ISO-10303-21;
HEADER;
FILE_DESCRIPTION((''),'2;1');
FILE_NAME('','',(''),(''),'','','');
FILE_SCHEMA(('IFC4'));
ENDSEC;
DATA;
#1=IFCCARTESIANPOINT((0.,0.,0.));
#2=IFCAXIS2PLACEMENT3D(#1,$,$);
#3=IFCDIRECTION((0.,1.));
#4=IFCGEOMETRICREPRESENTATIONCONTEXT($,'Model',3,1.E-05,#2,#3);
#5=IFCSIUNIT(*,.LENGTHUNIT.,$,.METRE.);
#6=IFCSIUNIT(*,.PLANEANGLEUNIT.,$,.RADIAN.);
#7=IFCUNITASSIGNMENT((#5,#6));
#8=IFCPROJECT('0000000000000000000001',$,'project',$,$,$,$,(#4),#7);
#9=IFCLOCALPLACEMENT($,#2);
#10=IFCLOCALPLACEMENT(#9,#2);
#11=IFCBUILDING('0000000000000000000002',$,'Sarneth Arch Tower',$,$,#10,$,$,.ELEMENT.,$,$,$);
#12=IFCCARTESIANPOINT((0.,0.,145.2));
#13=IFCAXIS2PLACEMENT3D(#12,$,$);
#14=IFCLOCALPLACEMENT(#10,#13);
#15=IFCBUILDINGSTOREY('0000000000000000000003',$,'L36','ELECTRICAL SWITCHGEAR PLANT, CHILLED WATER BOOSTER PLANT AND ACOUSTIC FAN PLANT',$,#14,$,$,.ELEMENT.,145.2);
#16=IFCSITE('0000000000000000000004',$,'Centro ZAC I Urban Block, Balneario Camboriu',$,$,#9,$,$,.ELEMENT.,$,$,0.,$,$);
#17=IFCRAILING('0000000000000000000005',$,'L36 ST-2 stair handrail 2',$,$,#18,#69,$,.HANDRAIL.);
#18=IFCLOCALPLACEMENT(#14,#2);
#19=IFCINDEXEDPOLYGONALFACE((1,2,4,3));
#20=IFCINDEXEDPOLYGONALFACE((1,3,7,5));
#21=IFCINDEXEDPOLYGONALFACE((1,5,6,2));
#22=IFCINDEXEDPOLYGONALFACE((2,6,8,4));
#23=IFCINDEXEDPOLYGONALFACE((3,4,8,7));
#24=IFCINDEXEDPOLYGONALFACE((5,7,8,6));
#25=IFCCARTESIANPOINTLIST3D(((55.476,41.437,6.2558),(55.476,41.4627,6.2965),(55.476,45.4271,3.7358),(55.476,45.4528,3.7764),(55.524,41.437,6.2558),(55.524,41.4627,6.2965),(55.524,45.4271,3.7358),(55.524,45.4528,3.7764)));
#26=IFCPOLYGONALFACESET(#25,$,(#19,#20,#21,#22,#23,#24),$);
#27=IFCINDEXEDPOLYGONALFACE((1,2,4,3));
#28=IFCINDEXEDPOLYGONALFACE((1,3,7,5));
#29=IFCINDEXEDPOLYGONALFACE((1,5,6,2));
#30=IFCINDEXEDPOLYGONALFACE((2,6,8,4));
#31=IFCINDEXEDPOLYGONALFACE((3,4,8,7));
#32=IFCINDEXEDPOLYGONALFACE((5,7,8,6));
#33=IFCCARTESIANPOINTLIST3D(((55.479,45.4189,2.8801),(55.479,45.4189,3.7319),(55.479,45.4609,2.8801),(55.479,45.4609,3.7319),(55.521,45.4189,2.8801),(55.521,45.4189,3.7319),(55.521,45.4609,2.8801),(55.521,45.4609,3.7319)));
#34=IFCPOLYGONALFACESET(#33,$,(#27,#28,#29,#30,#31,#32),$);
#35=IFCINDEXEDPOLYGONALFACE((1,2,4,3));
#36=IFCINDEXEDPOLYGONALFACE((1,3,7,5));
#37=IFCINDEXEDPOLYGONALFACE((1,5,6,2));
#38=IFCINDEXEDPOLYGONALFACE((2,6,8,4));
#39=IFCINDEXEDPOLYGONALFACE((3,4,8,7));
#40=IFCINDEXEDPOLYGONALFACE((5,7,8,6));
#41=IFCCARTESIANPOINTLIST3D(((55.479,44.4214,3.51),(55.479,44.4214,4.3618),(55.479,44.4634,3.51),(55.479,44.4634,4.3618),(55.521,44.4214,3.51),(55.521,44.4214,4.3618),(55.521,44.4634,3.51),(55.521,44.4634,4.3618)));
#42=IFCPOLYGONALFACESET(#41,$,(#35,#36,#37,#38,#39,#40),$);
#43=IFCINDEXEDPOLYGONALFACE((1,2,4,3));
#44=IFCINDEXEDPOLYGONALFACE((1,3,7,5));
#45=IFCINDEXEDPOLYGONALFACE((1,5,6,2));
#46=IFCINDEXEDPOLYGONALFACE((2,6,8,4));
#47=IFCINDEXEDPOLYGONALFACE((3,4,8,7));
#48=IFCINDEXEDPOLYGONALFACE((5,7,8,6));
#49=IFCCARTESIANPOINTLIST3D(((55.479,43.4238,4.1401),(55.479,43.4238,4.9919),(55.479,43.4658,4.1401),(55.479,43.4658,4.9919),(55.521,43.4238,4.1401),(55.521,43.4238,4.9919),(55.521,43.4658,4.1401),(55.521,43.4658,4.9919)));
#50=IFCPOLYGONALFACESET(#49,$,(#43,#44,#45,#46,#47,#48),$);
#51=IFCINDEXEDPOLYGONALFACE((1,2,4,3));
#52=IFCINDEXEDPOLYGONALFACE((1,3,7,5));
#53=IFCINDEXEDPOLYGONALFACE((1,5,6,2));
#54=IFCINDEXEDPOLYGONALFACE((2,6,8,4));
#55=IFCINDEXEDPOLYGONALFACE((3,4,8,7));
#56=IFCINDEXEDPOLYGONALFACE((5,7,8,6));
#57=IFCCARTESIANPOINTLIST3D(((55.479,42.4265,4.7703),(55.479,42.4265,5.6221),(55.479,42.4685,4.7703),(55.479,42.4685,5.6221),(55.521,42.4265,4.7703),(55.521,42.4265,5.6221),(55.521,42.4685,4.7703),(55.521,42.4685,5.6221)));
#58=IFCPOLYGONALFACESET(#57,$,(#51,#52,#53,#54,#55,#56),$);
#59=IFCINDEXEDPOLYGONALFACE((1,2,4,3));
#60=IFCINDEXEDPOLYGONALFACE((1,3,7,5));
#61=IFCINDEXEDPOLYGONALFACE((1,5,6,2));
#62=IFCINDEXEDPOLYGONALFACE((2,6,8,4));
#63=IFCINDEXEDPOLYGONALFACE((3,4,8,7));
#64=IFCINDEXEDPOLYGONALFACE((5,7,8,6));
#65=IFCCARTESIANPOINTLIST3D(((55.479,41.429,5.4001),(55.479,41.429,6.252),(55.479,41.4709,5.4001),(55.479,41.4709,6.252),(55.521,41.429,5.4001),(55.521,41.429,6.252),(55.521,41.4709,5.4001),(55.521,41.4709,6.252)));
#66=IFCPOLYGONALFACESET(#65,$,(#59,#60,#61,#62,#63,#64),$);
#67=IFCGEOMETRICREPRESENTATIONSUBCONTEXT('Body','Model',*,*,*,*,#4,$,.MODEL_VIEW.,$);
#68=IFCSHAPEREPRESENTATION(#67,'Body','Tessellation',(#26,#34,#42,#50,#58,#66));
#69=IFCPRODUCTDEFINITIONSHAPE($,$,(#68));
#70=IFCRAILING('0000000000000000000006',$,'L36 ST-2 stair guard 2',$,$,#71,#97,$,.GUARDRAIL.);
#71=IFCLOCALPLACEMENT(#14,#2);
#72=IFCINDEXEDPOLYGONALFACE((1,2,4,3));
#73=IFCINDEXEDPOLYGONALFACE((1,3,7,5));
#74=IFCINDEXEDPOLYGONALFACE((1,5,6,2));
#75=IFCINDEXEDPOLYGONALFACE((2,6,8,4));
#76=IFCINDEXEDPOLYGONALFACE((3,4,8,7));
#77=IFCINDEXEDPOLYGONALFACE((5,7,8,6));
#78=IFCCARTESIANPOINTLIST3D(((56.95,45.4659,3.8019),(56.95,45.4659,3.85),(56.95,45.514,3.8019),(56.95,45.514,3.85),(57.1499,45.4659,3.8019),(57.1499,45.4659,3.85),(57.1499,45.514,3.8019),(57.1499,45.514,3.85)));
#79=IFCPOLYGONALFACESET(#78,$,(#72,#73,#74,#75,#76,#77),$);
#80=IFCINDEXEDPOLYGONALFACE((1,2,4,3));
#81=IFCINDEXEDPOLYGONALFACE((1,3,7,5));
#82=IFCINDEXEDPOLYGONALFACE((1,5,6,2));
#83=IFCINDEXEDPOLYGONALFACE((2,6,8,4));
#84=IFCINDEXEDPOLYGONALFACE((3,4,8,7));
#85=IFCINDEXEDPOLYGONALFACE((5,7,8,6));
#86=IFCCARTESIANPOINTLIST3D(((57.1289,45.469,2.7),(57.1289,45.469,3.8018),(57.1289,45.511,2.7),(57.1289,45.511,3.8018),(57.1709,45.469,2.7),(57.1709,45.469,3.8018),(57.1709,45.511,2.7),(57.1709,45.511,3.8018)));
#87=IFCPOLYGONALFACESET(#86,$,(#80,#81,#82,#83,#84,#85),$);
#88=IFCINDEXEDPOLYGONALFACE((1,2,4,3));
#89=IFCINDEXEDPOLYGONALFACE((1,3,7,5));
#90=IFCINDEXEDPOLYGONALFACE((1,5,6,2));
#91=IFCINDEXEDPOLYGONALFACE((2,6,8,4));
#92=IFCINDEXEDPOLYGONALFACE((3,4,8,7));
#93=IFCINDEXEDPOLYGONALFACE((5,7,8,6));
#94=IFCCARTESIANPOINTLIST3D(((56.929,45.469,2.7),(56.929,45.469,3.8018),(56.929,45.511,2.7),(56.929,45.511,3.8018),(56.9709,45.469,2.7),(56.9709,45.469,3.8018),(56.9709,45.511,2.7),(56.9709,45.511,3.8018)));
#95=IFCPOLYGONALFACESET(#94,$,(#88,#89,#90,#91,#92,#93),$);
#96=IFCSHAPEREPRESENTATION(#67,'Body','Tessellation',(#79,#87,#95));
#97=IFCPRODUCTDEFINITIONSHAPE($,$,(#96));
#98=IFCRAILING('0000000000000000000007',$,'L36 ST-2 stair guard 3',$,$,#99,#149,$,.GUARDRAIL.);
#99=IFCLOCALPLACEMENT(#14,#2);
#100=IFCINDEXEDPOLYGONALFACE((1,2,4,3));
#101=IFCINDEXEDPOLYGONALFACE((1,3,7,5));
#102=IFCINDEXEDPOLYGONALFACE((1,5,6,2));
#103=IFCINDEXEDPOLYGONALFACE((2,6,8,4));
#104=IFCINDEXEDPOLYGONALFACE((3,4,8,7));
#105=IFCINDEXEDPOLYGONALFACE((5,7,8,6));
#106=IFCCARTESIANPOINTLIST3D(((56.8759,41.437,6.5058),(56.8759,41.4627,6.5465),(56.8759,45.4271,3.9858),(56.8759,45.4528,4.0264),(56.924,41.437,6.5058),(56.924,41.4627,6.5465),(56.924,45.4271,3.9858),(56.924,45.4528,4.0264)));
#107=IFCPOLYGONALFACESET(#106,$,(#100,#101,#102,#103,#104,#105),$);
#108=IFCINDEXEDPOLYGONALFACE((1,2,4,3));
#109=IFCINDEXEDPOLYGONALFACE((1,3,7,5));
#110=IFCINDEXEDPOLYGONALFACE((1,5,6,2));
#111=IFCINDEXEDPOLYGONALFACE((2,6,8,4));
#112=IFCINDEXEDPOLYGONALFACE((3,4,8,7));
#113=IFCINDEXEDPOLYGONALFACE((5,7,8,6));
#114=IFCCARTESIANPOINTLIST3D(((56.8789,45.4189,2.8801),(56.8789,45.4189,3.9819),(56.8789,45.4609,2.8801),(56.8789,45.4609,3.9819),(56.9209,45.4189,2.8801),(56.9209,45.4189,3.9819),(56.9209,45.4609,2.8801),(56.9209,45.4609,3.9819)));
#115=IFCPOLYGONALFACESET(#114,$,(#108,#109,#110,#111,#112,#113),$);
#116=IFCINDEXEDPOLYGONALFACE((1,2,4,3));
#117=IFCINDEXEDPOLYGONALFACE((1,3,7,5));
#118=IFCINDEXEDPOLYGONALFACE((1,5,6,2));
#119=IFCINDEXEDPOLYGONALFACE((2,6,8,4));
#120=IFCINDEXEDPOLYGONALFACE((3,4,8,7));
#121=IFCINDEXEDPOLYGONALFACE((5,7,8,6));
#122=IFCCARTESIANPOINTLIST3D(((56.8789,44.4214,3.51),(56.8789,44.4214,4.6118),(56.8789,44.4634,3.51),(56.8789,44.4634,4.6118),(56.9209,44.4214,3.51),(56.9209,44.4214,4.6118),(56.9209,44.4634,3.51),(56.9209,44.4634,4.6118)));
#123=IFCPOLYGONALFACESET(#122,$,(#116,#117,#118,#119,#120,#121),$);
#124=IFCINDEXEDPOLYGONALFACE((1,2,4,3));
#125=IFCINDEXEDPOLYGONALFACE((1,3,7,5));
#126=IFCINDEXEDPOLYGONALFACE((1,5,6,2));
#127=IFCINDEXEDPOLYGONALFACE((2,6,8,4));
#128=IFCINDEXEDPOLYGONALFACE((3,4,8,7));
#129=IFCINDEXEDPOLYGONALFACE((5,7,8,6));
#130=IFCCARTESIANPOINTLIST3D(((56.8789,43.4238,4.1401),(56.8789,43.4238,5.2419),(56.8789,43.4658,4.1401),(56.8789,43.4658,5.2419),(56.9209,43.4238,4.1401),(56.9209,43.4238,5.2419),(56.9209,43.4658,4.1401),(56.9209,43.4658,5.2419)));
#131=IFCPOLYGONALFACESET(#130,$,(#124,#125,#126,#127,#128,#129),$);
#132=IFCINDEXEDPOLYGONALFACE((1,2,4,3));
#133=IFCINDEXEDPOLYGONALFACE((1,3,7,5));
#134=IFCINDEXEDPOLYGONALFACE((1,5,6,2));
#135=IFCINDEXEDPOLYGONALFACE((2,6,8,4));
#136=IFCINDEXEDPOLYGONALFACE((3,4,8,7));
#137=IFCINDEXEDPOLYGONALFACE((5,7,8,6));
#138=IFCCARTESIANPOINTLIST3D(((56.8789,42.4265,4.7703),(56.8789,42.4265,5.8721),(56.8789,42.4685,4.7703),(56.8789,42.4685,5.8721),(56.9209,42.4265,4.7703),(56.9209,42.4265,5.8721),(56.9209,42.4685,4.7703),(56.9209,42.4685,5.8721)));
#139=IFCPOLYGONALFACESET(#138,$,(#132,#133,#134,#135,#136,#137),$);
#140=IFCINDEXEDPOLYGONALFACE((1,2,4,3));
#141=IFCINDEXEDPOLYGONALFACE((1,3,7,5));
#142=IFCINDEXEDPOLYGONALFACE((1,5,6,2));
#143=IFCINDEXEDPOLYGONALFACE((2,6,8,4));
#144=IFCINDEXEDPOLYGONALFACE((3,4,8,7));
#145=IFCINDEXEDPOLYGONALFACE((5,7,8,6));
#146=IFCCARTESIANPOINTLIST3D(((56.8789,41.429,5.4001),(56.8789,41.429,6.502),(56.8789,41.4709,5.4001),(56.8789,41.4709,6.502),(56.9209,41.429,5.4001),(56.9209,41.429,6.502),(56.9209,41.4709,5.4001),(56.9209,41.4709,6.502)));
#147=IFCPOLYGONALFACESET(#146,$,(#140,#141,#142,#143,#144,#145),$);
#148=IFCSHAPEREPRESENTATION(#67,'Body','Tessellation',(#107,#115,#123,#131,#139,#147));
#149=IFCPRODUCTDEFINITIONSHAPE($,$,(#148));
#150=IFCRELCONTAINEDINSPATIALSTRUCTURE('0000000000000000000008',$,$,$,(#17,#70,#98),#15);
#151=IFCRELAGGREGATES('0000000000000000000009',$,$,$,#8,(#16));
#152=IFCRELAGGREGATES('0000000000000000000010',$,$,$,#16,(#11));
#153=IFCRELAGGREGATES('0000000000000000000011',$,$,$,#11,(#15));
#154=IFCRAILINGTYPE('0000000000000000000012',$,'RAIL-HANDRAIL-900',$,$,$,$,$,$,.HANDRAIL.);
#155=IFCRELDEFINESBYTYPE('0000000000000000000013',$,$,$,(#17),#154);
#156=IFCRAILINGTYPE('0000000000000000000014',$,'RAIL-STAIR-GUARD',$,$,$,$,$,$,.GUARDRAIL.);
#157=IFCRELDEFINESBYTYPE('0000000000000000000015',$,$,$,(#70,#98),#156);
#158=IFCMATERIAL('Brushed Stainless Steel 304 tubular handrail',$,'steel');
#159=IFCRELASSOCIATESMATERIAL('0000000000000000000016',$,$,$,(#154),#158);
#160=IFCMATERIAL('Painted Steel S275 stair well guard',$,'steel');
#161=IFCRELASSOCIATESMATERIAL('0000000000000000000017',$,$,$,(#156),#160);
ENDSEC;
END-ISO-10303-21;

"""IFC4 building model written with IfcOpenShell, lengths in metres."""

from ifc_helpers import new_model, si_unit, direction, frame, origin, origin_2d, place, context, subcontext, project, spatial, rectangle, extrude, material, type_object, element, save


model = new_model("IFC4")

# Units and contexts
model_context = context("Model", 3, precision=1e-05, world=origin(), true_north=direction((0.0, 1.0)))
body_context = subcontext(model_context, "Body", "Model", "MODEL_VIEW")
ifc_project = project(units=[si_unit("LENGTHUNIT", "METRE"), si_unit("PLANEANGLEUNIT", "RADIAN")], contexts=[model_context])

# Site, building, storey
site_placement = place(None, origin())
site = spatial("IfcSite", under=ifc_project, at=site_placement, Name="Centro ZAC I Urban Block, Balneario Camboriu", CompositionType="ELEMENT", RefElevation=0.0)
building_placement = place(site_placement, origin())
building = spatial("IfcBuilding", under=site, at=building_placement, Name="Sarneth Arch Tower", CompositionType="ELEMENT")
storey_placement = place(building_placement, frame((0.0, 0.0, 145.2)))
storey = spatial("IfcBuildingStorey", under=building, at=storey_placement, Name="L36", Description="ELECTRICAL SWITCHGEAR PLANT, CHILLED WATER BOOSTER PLANT AND ACOUSTIC FAN PLANT", CompositionType="ELEMENT", Elevation=145.2)

# Railings
ifc_material_1 = material(Name="Brushed Stainless Steel 304 tubular handrail", Category="steel")
railing_type_1 = type_object("IfcRailingType", Name="RAIL-HANDRAIL-900", PredefinedType="HANDRAIL", material=ifc_material_1)
railing_1_placement = place(storey_placement, frame((55.5, 45.4399, 2.8801)))
element("IfcRailing", 1, at=railing_1_placement, inside=storey, type_object=railing_type_1, Name="L36 ST-2 stair handrail 2", PredefinedType="HANDRAIL", context=body_context, shape_type="SweptSolid", body=[
    extrude(rectangle(XDim=0.0481, YDim=0.0481, at=origin_2d()), frame((0.0, 0.0, 0.876), z_axis=(0.0, -0.845486, 0.533997), x_axis=(1.0, 0.0, 0.0)), (0.0, 0.0, 1.0), 4.7192),
    extrude(rectangle(XDim=0.042, YDim=0.042, at=origin_2d()), origin(), (0.0, 0.0, 1.0), 0.8518),
    extrude(rectangle(XDim=0.042, YDim=0.042, at=origin_2d()), frame((0.0, -0.9976, 0.6299)), (0.0, 0.0, 1.0), 0.8518),
    extrude(rectangle(XDim=0.042, YDim=0.042, at=origin_2d()), frame((0.0, -1.9951, 1.26)), (0.0, 0.0, 1.0), 0.8518),
    extrude(rectangle(XDim=0.042, YDim=0.042, at=origin_2d()), frame((0.0, -2.9924, 1.8901)), (0.0, 0.0, 1.0), 0.8518),
    extrude(rectangle(XDim=0.042, YDim=0.042, at=origin_2d()), frame((0.0, -3.99, 2.52)), (0.0, 0.0, 1.0), 0.8518),
])
ifc_material_2 = material(Name="Painted Steel S275 stair well guard", Category="steel")
railing_type_2 = type_object("IfcRailingType", Name="RAIL-STAIR-GUARD", PredefinedType="GUARDRAIL", material=ifc_material_2)
railing_2_placement = place(storey_placement, frame((57.1499, 45.49, 2.7)))
element("IfcRailing", 2, at=railing_2_placement, inside=storey, type_object=railing_type_2, Name="L36 ST-2 stair guard 2", PredefinedType="GUARDRAIL", context=body_context, shape_type="SweptSolid", body=[
    extrude(rectangle(XDim=0.0481, YDim=0.0481, at=origin_2d()), frame((0.0, 0.0, 1.126), z_axis=(-1.0, 0.0, 0.0), x_axis=(0.0, -1.0, 0.0)), (0.0, 0.0, 1.0), 0.2),
    extrude(rectangle(XDim=0.042, YDim=0.042, at=origin_2d()), origin(), (0.0, 0.0, 1.0), 1.1018),
    extrude(rectangle(XDim=0.042, YDim=0.042, at=origin_2d()), frame((-0.2, 0.0, 0.0)), (0.0, 0.0, 1.0), 1.1018),
])
railing_3_placement = place(storey_placement, frame((56.8999, 45.4399, 2.8801)))
element("IfcRailing", 3, at=railing_3_placement, inside=storey, type_object=railing_type_2, Name="L36 ST-2 stair guard 3", PredefinedType="GUARDRAIL", context=body_context, shape_type="SweptSolid", body=[
    extrude(rectangle(XDim=0.0481, YDim=0.0481, at=origin_2d()), frame((0.0, 0.0, 1.126), z_axis=(0.0, -0.845486, 0.533997), x_axis=(1.0, 0.0, 0.0)), (0.0, 0.0, 1.0), 4.7192),
    extrude(rectangle(XDim=0.042, YDim=0.042, at=origin_2d()), origin(), (0.0, 0.0, 1.0), 1.1018),
    extrude(rectangle(XDim=0.042, YDim=0.042, at=origin_2d()), frame((0.0, -0.9976, 0.6299)), (0.0, 0.0, 1.0), 1.1018),
    extrude(rectangle(XDim=0.042, YDim=0.042, at=origin_2d()), frame((0.0, -1.9951, 1.26)), (0.0, 0.0, 1.0), 1.1018),
    extrude(rectangle(XDim=0.042, YDim=0.042, at=origin_2d()), frame((0.0, -2.9924, 1.8901)), (0.0, 0.0, 1.0), 1.1018),
    extrude(rectangle(XDim=0.042, YDim=0.042, at=origin_2d()), frame((0.0, -3.99, 2.52)), (0.0, 0.0, 1.0), 1.1018),
])

save(model, "model.ifc")
